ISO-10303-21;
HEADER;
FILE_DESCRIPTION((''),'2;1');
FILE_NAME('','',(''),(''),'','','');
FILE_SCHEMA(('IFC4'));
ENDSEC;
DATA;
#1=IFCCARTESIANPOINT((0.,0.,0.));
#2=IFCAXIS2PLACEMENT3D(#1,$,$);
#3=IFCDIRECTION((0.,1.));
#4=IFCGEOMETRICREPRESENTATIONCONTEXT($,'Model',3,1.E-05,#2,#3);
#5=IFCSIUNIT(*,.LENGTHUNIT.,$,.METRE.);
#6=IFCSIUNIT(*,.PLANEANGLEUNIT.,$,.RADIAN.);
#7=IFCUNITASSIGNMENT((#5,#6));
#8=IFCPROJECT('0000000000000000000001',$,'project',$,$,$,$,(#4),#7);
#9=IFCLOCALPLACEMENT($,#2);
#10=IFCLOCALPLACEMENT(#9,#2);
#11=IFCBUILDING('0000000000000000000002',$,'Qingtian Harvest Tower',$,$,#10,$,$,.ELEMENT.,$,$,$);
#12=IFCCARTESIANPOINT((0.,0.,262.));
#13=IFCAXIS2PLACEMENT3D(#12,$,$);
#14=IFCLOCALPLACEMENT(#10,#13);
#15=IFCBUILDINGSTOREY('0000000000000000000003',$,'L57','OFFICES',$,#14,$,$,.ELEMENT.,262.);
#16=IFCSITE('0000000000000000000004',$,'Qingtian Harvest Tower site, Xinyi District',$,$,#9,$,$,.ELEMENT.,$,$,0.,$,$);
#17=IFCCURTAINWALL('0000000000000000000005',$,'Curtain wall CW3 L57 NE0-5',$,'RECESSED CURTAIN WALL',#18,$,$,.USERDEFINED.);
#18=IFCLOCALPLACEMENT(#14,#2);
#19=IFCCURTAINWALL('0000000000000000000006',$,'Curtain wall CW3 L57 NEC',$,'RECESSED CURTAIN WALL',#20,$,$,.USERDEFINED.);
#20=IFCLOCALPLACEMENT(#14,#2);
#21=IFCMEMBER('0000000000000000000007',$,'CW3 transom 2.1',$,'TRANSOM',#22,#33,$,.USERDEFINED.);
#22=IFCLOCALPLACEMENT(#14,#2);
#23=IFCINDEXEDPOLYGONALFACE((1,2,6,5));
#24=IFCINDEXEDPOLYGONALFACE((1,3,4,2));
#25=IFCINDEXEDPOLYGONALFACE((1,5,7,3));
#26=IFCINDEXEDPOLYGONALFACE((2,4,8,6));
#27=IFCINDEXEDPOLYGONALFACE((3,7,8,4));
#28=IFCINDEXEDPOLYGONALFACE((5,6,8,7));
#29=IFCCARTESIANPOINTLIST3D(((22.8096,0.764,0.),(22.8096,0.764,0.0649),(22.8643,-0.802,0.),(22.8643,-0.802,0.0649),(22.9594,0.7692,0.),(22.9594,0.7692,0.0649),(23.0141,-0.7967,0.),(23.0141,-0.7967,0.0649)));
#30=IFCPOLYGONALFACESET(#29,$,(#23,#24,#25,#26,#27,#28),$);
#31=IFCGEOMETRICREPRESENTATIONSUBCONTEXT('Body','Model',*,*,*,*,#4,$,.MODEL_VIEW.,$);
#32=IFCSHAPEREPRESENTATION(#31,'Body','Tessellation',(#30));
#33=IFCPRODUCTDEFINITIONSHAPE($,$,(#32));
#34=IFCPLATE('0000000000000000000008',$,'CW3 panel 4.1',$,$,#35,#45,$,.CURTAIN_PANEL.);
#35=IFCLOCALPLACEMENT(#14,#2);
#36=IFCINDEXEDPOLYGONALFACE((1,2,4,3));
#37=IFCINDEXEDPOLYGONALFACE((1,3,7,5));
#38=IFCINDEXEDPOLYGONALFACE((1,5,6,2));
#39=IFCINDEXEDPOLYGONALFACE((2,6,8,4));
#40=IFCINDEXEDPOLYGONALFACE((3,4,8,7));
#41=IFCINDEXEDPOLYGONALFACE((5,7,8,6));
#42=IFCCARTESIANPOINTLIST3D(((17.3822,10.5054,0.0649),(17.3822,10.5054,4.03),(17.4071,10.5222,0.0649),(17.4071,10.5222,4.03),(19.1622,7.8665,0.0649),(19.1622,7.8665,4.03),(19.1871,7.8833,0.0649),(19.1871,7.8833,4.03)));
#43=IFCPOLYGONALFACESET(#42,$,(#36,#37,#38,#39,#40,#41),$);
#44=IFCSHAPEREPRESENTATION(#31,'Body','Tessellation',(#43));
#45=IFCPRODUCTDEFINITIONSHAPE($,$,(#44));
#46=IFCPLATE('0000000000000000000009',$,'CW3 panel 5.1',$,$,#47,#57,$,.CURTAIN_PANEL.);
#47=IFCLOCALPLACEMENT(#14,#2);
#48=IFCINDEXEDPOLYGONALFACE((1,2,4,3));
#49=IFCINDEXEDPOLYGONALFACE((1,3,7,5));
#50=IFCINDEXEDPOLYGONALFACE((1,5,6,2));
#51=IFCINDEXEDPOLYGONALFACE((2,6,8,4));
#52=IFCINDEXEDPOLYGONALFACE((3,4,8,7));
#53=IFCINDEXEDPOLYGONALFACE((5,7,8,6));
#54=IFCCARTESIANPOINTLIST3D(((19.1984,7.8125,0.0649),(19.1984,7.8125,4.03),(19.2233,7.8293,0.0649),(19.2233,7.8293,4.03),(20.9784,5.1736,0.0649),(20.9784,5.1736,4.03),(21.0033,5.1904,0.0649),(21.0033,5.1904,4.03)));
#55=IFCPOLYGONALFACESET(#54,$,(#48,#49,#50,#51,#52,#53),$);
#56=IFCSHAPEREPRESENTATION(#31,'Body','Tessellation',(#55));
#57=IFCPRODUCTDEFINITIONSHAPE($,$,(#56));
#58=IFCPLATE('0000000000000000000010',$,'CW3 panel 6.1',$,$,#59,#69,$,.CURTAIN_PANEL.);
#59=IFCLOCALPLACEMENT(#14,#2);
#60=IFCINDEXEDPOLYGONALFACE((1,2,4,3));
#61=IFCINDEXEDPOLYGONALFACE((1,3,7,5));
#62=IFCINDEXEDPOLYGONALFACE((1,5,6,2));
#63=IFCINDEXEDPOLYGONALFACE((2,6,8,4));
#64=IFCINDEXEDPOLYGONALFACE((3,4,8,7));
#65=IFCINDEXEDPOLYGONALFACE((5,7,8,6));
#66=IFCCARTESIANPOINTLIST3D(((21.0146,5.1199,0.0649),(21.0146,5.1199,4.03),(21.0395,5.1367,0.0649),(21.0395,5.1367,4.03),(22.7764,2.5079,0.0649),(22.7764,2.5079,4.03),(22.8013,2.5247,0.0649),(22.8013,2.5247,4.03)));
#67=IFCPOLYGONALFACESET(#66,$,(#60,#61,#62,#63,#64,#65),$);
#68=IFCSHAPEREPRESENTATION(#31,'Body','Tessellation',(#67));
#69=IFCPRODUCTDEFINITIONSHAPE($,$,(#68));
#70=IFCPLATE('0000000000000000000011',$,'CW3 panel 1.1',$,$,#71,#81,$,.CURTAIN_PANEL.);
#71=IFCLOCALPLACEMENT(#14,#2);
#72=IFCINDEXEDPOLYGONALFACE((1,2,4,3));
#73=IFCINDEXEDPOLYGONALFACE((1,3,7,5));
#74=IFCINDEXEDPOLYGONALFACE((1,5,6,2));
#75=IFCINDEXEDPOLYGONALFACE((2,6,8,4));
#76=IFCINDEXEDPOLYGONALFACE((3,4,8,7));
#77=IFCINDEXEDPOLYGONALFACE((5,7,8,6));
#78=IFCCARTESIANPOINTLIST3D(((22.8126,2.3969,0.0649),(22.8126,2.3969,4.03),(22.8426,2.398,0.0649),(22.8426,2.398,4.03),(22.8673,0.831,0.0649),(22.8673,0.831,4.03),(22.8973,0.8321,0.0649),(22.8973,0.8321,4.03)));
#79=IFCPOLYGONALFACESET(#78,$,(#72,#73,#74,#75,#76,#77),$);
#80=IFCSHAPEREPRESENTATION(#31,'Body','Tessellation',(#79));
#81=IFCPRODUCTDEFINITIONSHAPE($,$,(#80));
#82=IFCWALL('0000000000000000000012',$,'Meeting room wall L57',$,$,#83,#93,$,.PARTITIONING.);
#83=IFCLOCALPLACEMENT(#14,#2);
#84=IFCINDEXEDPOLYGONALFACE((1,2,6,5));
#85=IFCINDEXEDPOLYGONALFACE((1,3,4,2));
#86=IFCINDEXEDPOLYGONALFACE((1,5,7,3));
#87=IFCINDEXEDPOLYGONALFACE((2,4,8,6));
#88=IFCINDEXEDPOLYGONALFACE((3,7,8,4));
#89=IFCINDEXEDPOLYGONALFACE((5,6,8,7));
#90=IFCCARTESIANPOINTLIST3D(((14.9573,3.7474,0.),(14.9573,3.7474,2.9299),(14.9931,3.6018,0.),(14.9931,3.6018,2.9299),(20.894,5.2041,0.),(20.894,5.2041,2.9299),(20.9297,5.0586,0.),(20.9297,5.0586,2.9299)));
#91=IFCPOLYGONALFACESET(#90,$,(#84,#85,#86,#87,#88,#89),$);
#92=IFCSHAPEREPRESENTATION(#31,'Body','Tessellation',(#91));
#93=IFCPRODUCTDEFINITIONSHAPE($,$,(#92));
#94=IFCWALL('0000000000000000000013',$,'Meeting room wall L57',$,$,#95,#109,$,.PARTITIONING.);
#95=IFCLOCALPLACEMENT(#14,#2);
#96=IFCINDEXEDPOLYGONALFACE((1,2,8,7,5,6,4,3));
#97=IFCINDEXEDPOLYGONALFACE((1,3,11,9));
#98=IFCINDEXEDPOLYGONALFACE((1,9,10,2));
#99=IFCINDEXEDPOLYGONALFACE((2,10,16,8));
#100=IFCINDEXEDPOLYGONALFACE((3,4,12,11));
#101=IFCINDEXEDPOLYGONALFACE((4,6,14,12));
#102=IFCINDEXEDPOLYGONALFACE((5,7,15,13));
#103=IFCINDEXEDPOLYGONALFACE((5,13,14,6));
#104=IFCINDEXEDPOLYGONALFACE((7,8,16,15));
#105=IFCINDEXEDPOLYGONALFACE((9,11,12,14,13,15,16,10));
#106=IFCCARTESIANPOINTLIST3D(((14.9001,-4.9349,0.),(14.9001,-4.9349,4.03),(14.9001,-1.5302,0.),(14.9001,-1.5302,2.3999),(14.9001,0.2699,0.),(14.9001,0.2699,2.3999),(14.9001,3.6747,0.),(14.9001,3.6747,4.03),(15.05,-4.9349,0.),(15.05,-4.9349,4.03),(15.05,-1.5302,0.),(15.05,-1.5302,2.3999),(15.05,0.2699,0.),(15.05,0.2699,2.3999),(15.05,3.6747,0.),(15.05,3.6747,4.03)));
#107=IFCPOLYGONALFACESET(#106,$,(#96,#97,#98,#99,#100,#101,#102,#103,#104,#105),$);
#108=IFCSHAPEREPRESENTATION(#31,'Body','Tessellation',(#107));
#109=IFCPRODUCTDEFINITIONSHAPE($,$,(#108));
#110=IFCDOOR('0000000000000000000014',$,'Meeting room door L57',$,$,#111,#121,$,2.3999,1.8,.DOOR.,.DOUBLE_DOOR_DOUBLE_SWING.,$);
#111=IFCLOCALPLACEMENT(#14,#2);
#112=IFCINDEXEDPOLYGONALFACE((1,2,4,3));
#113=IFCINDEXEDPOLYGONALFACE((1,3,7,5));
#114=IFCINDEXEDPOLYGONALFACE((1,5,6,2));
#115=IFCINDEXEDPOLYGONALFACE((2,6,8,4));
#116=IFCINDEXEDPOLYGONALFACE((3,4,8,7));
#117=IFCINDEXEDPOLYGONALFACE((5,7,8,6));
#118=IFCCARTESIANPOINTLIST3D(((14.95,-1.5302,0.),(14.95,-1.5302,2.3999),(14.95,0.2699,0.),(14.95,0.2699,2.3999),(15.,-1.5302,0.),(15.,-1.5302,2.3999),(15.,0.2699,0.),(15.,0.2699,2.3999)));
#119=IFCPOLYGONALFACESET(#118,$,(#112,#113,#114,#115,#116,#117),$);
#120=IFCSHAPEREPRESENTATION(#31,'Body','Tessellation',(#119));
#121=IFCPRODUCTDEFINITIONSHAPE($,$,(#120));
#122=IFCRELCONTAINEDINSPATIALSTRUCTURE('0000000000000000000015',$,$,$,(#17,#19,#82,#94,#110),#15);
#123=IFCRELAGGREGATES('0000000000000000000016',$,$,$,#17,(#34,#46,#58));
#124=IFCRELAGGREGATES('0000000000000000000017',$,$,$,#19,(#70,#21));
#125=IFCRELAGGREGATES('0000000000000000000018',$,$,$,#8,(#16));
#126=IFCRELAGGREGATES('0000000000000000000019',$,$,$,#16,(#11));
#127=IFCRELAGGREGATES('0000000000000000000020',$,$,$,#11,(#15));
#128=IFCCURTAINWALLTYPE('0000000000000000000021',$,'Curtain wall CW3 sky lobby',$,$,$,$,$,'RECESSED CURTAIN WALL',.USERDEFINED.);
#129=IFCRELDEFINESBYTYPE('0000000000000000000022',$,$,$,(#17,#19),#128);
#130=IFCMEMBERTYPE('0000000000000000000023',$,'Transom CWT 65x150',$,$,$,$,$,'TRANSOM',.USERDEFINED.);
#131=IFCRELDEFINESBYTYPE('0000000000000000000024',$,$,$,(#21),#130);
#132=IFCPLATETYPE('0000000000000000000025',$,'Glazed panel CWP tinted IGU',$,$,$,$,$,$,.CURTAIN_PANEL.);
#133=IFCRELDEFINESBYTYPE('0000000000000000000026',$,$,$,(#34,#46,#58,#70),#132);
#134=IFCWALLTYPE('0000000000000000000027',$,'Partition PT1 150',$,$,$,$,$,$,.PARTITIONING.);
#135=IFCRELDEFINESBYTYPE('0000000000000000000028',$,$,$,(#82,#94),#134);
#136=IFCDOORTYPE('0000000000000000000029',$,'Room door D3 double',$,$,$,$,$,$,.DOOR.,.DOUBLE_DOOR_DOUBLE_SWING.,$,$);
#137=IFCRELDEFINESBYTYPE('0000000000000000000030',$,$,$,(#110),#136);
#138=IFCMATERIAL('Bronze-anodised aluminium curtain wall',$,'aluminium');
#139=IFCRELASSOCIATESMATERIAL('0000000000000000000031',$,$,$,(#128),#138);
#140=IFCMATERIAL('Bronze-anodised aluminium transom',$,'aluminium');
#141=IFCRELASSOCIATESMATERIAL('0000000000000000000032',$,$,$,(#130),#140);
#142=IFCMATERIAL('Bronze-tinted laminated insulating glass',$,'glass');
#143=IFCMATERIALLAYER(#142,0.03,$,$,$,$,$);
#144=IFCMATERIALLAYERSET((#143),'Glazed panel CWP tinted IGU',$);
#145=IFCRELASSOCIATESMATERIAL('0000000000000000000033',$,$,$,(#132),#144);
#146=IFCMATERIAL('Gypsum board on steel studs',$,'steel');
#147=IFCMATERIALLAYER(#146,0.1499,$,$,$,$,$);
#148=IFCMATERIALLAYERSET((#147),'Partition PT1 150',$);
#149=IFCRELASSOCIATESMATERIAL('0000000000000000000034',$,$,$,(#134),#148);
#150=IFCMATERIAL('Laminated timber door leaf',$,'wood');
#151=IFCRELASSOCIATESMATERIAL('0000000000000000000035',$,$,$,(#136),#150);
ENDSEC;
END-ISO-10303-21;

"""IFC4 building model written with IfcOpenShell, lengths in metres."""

from ifc_helpers import new_model, si_unit, direction, frame, frame_2d, origin, origin_2d, place, context, subcontext, project, spatial, rectangle, extrude, material, layer, layer_set, material_profile, profile_set, type_object, element, fill, aggregate, save


model = new_model("IFC4")

# Units and contexts
model_context = context("Model", 3, precision=1e-05, world=origin(), true_north=direction((0.0, 1.0)))
body_context = subcontext(model_context, "Body", "Model", "MODEL_VIEW")
ifc_project = project(units=[si_unit("LENGTHUNIT", "METRE"), si_unit("PLANEANGLEUNIT", "RADIAN")], contexts=[model_context])

# Site, building, storey
site_placement = place(None, origin())
site = spatial("IfcSite", under=ifc_project, at=site_placement, Name="Qingtian Harvest Tower site, Xinyi District", CompositionType="ELEMENT", RefElevation=0.0)
building_placement = place(site_placement, origin())
building = spatial("IfcBuilding", under=site, at=building_placement, Name="Qingtian Harvest Tower", CompositionType="ELEMENT")
storey_placement = place(building_placement, frame((0.0, 0.0, 262.0)))
storey = spatial("IfcBuildingStorey", under=building, at=storey_placement, Name="L57", Description="OFFICES", CompositionType="ELEMENT", Elevation=262.0)

# Curtain walls
ifc_material_1 = material(Name="Bronze-anodised aluminium curtain wall", Category="aluminium")
curtain_wall_type = type_object("IfcCurtainWallType", Name="Curtain wall CW3 sky lobby", ElementType="RECESSED CURTAIN WALL", PredefinedType="USERDEFINED", material=ifc_material_1)
curtain_wall_1_placement = place(storey_placement, origin())
curtain_wall_1 = element("IfcCurtainWall", 1, at=curtain_wall_1_placement, inside=storey, type_object=curtain_wall_type, Name="Curtain wall CW3 L57 NE0-5", ObjectType="RECESSED CURTAIN WALL", PredefinedType="USERDEFINED")
curtain_wall_2_placement = place(storey_placement, origin())
curtain_wall_2 = element("IfcCurtainWall", 2, at=curtain_wall_2_placement, inside=storey, type_object=curtain_wall_type, Name="Curtain wall CW3 L57 NEC", ObjectType="RECESSED CURTAIN WALL", PredefinedType="USERDEFINED")

# Member
ifc_material_2 = material(Name="Bronze-anodised aluminium transom", Category="aluminium")
ifc_material_profile_1 = material_profile(ifc_material_2, rectangle(XDim=0.1499, YDim=0.0649, at=origin_2d()), Name="AL 65x150")
ifc_profile_set_1 = profile_set([ifc_material_profile_1], Name="Bronze-anodised aluminium transom")
member_type_1 = type_object("IfcMemberType", Name="Transom CWT 65x150", ElementType="TRANSOM", PredefinedType="USERDEFINED", material=ifc_profile_set_1)
member_1_placement = place(storey_placement, frame((22.8845, 0.7666, 0.0325), z_axis=(0.034902, -0.999391, 0.0), x_axis=(0.999391, 0.034902, 0.0)))
member_1 = element("IfcMember", 3, at=member_1_placement, type_object=member_type_1, Name="CW3 transom 2.1", ObjectType="TRANSOM", PredefinedType="USERDEFINED", context=body_context, shape_type="SweptSolid", body=[
    extrude(rectangle(XDim=0.1499, YDim=0.0649, at=origin_2d()), origin(), (0.0, 0.0, 1.0), 1.5669),
])

# Plates
ifc_material_3 = material(Name="Bronze-tinted laminated insulating glass", Category="glass")
ifc_layer_1 = layer(ifc_material_3, 0.03)
ifc_layer_set_1 = layer_set([ifc_layer_1], Name="Glazed panel CWP tinted IGU")
plate_type = type_object("IfcPlateType", Name="Glazed panel CWP tinted IGU", PredefinedType="CURTAIN_PANEL", material=ifc_layer_set_1)
plate_1_placement = place(storey_placement, frame((18.2847, 9.1943, 0.0649), z_axis=(0.0, 0.0, 1.0), x_axis=(0.559193, -0.829038, 0.0)))
plate_1 = element("IfcPlate", 4, at=plate_1_placement, type_object=plate_type, Name="CW3 panel 4.1", PredefinedType="CURTAIN_PANEL", context=body_context, shape_type="SweptSolid", body=[
    extrude(rectangle(XDim=3.1831, YDim=0.03, at=origin_2d()), origin(), (0.0, 0.0, 1.0), 3.9651),
])
plate_2_placement = place(storey_placement, frame((20.1008, 6.5015, 0.0649), z_axis=(0.0, 0.0, 1.0), x_axis=(0.559193, -0.829038, 0.0)))
plate_2 = element("IfcPlate", 5, at=plate_2_placement, type_object=plate_type, Name="CW3 panel 5.1", PredefinedType="CURTAIN_PANEL", context=body_context, shape_type="SweptSolid", body=[
    extrude(rectangle(XDim=3.1831, YDim=0.03, at=origin_2d()), origin(), (0.0, 0.0, 1.0), 3.9651),
])
plate_3_placement = place(storey_placement, frame((21.908, 3.8223, 0.0649), z_axis=(0.0, 0.0, 1.0), x_axis=(0.559193, -0.829038, 0.0)))
plate_3 = element("IfcPlate", 6, at=plate_3_placement, type_object=plate_type, Name="CW3 panel 6.1", PredefinedType="CURTAIN_PANEL", context=body_context, shape_type="SweptSolid", body=[
    extrude(rectangle(XDim=3.1506, YDim=0.03, at=origin_2d()), origin(), (0.0, 0.0, 1.0), 3.9651),
])
aggregate(curtain_wall_1, [plate_1, plate_2, plate_3])
plate_4_placement = place(storey_placement, frame((22.855, 1.6145, 0.0649), z_axis=(0.0, 0.0, 1.0), x_axis=(0.034899, -0.999391, 0.0)))
plate_4 = element("IfcPlate", 7, at=plate_4_placement, type_object=plate_type, Name="CW3 panel 1.1", PredefinedType="CURTAIN_PANEL", context=body_context, shape_type="SweptSolid", body=[
    extrude(rectangle(XDim=1.5669, YDim=0.03, at=origin_2d()), origin(), (0.0, 0.0, 1.0), 3.9651),
])
aggregate(curtain_wall_2, [plate_4, member_1])

# Wall
ifc_material_4 = material(Name="Gypsum board on steel studs", Category="steel")
ifc_layer_2 = layer(ifc_material_4, 0.1499)
ifc_layer_set_2 = layer_set([ifc_layer_2], Name="Partition PT1 150")
wall_type = type_object("IfcWallType", Name="Partition PT1 150", PredefinedType="PARTITIONING", material=ifc_layer_set_2)
wall_1_placement = place(storey_placement, frame((20.9119, 5.1313, 0.0), z_axis=(0.0, 0.0, 1.0), x_axis=(-0.971188, -0.238314, 0.0)))
element("IfcWall", 8, at=wall_1_placement, inside=storey, type_object=wall_type, Name="Meeting room wall L57", PredefinedType="PARTITIONING", context=body_context, shape_type="SweptSolid", body=[
    extrude(rectangle(XDim=6.1128, YDim=0.1499, at=frame_2d((3.0564, 0.0))), origin(), (0.0, 0.0, 1.0), 2.9299),
])

# Wall, opening, door
wall_2_placement = place(storey_placement, frame((14.9751, 3.6746, 0.0), z_axis=(0.0, 0.0, 1.0), x_axis=(0.0, -1.0, 0.0)))
wall_2 = element("IfcWall", 9, at=wall_2_placement, inside=storey, type_object=wall_type, Name="Meeting room wall L57", PredefinedType="PARTITIONING", context=body_context, shape_type="SweptSolid", body=[
    extrude(rectangle(XDim=8.6096, YDim=0.1499, at=frame_2d((4.3047, 0.0))), origin(), (0.0, 0.0, 1.0), 4.03),
])
opening_placement = place(wall_2_placement, frame((3.4048, 0.0, 0.0)))
opening = element("IfcOpeningElement", 10, at=opening_placement, cuts=wall_2, PredefinedType="OPENING", context=body_context, shape_type="SweptSolid", body=[
    extrude(rectangle(XDim=1.8, YDim=2.3999, at=frame_2d((0.8999, 1.2))), frame((0.0, 0.085, 0.0), z_axis=(0.0, -1.0, 0.0), x_axis=(1.0, 0.0, 0.0)), (0.0, 0.0, 1.0), 0.1699),
])
ifc_material_5 = material(Name="Laminated timber door leaf", Category="wood")
door_type = type_object("IfcDoorType", Name="Room door D3 double", OperationType="DOUBLE_DOOR_DOUBLE_SWING", PredefinedType="DOOR", material=ifc_material_5)
door_placement = place(opening_placement, origin())
door = element("IfcDoor", 11, at=door_placement, inside=storey, type_object=door_type, Name="Meeting room door L57", OperationType="DOUBLE_DOOR_DOUBLE_SWING", OverallHeight=2.3999, OverallWidth=1.8, PredefinedType="DOOR", context=body_context, shape_type="SweptSolid", body=[
    extrude(rectangle(XDim=1.8, YDim=2.3999, at=frame_2d((0.8999, 1.2))), frame((0.0, 0.0249, 0.0), z_axis=(0.0, -1.0, 0.0), x_axis=(1.0, 0.0, 0.0)), (0.0, 0.0, 1.0), 0.05),
])
fill(opening, door)

save(model, "model.ifc")
